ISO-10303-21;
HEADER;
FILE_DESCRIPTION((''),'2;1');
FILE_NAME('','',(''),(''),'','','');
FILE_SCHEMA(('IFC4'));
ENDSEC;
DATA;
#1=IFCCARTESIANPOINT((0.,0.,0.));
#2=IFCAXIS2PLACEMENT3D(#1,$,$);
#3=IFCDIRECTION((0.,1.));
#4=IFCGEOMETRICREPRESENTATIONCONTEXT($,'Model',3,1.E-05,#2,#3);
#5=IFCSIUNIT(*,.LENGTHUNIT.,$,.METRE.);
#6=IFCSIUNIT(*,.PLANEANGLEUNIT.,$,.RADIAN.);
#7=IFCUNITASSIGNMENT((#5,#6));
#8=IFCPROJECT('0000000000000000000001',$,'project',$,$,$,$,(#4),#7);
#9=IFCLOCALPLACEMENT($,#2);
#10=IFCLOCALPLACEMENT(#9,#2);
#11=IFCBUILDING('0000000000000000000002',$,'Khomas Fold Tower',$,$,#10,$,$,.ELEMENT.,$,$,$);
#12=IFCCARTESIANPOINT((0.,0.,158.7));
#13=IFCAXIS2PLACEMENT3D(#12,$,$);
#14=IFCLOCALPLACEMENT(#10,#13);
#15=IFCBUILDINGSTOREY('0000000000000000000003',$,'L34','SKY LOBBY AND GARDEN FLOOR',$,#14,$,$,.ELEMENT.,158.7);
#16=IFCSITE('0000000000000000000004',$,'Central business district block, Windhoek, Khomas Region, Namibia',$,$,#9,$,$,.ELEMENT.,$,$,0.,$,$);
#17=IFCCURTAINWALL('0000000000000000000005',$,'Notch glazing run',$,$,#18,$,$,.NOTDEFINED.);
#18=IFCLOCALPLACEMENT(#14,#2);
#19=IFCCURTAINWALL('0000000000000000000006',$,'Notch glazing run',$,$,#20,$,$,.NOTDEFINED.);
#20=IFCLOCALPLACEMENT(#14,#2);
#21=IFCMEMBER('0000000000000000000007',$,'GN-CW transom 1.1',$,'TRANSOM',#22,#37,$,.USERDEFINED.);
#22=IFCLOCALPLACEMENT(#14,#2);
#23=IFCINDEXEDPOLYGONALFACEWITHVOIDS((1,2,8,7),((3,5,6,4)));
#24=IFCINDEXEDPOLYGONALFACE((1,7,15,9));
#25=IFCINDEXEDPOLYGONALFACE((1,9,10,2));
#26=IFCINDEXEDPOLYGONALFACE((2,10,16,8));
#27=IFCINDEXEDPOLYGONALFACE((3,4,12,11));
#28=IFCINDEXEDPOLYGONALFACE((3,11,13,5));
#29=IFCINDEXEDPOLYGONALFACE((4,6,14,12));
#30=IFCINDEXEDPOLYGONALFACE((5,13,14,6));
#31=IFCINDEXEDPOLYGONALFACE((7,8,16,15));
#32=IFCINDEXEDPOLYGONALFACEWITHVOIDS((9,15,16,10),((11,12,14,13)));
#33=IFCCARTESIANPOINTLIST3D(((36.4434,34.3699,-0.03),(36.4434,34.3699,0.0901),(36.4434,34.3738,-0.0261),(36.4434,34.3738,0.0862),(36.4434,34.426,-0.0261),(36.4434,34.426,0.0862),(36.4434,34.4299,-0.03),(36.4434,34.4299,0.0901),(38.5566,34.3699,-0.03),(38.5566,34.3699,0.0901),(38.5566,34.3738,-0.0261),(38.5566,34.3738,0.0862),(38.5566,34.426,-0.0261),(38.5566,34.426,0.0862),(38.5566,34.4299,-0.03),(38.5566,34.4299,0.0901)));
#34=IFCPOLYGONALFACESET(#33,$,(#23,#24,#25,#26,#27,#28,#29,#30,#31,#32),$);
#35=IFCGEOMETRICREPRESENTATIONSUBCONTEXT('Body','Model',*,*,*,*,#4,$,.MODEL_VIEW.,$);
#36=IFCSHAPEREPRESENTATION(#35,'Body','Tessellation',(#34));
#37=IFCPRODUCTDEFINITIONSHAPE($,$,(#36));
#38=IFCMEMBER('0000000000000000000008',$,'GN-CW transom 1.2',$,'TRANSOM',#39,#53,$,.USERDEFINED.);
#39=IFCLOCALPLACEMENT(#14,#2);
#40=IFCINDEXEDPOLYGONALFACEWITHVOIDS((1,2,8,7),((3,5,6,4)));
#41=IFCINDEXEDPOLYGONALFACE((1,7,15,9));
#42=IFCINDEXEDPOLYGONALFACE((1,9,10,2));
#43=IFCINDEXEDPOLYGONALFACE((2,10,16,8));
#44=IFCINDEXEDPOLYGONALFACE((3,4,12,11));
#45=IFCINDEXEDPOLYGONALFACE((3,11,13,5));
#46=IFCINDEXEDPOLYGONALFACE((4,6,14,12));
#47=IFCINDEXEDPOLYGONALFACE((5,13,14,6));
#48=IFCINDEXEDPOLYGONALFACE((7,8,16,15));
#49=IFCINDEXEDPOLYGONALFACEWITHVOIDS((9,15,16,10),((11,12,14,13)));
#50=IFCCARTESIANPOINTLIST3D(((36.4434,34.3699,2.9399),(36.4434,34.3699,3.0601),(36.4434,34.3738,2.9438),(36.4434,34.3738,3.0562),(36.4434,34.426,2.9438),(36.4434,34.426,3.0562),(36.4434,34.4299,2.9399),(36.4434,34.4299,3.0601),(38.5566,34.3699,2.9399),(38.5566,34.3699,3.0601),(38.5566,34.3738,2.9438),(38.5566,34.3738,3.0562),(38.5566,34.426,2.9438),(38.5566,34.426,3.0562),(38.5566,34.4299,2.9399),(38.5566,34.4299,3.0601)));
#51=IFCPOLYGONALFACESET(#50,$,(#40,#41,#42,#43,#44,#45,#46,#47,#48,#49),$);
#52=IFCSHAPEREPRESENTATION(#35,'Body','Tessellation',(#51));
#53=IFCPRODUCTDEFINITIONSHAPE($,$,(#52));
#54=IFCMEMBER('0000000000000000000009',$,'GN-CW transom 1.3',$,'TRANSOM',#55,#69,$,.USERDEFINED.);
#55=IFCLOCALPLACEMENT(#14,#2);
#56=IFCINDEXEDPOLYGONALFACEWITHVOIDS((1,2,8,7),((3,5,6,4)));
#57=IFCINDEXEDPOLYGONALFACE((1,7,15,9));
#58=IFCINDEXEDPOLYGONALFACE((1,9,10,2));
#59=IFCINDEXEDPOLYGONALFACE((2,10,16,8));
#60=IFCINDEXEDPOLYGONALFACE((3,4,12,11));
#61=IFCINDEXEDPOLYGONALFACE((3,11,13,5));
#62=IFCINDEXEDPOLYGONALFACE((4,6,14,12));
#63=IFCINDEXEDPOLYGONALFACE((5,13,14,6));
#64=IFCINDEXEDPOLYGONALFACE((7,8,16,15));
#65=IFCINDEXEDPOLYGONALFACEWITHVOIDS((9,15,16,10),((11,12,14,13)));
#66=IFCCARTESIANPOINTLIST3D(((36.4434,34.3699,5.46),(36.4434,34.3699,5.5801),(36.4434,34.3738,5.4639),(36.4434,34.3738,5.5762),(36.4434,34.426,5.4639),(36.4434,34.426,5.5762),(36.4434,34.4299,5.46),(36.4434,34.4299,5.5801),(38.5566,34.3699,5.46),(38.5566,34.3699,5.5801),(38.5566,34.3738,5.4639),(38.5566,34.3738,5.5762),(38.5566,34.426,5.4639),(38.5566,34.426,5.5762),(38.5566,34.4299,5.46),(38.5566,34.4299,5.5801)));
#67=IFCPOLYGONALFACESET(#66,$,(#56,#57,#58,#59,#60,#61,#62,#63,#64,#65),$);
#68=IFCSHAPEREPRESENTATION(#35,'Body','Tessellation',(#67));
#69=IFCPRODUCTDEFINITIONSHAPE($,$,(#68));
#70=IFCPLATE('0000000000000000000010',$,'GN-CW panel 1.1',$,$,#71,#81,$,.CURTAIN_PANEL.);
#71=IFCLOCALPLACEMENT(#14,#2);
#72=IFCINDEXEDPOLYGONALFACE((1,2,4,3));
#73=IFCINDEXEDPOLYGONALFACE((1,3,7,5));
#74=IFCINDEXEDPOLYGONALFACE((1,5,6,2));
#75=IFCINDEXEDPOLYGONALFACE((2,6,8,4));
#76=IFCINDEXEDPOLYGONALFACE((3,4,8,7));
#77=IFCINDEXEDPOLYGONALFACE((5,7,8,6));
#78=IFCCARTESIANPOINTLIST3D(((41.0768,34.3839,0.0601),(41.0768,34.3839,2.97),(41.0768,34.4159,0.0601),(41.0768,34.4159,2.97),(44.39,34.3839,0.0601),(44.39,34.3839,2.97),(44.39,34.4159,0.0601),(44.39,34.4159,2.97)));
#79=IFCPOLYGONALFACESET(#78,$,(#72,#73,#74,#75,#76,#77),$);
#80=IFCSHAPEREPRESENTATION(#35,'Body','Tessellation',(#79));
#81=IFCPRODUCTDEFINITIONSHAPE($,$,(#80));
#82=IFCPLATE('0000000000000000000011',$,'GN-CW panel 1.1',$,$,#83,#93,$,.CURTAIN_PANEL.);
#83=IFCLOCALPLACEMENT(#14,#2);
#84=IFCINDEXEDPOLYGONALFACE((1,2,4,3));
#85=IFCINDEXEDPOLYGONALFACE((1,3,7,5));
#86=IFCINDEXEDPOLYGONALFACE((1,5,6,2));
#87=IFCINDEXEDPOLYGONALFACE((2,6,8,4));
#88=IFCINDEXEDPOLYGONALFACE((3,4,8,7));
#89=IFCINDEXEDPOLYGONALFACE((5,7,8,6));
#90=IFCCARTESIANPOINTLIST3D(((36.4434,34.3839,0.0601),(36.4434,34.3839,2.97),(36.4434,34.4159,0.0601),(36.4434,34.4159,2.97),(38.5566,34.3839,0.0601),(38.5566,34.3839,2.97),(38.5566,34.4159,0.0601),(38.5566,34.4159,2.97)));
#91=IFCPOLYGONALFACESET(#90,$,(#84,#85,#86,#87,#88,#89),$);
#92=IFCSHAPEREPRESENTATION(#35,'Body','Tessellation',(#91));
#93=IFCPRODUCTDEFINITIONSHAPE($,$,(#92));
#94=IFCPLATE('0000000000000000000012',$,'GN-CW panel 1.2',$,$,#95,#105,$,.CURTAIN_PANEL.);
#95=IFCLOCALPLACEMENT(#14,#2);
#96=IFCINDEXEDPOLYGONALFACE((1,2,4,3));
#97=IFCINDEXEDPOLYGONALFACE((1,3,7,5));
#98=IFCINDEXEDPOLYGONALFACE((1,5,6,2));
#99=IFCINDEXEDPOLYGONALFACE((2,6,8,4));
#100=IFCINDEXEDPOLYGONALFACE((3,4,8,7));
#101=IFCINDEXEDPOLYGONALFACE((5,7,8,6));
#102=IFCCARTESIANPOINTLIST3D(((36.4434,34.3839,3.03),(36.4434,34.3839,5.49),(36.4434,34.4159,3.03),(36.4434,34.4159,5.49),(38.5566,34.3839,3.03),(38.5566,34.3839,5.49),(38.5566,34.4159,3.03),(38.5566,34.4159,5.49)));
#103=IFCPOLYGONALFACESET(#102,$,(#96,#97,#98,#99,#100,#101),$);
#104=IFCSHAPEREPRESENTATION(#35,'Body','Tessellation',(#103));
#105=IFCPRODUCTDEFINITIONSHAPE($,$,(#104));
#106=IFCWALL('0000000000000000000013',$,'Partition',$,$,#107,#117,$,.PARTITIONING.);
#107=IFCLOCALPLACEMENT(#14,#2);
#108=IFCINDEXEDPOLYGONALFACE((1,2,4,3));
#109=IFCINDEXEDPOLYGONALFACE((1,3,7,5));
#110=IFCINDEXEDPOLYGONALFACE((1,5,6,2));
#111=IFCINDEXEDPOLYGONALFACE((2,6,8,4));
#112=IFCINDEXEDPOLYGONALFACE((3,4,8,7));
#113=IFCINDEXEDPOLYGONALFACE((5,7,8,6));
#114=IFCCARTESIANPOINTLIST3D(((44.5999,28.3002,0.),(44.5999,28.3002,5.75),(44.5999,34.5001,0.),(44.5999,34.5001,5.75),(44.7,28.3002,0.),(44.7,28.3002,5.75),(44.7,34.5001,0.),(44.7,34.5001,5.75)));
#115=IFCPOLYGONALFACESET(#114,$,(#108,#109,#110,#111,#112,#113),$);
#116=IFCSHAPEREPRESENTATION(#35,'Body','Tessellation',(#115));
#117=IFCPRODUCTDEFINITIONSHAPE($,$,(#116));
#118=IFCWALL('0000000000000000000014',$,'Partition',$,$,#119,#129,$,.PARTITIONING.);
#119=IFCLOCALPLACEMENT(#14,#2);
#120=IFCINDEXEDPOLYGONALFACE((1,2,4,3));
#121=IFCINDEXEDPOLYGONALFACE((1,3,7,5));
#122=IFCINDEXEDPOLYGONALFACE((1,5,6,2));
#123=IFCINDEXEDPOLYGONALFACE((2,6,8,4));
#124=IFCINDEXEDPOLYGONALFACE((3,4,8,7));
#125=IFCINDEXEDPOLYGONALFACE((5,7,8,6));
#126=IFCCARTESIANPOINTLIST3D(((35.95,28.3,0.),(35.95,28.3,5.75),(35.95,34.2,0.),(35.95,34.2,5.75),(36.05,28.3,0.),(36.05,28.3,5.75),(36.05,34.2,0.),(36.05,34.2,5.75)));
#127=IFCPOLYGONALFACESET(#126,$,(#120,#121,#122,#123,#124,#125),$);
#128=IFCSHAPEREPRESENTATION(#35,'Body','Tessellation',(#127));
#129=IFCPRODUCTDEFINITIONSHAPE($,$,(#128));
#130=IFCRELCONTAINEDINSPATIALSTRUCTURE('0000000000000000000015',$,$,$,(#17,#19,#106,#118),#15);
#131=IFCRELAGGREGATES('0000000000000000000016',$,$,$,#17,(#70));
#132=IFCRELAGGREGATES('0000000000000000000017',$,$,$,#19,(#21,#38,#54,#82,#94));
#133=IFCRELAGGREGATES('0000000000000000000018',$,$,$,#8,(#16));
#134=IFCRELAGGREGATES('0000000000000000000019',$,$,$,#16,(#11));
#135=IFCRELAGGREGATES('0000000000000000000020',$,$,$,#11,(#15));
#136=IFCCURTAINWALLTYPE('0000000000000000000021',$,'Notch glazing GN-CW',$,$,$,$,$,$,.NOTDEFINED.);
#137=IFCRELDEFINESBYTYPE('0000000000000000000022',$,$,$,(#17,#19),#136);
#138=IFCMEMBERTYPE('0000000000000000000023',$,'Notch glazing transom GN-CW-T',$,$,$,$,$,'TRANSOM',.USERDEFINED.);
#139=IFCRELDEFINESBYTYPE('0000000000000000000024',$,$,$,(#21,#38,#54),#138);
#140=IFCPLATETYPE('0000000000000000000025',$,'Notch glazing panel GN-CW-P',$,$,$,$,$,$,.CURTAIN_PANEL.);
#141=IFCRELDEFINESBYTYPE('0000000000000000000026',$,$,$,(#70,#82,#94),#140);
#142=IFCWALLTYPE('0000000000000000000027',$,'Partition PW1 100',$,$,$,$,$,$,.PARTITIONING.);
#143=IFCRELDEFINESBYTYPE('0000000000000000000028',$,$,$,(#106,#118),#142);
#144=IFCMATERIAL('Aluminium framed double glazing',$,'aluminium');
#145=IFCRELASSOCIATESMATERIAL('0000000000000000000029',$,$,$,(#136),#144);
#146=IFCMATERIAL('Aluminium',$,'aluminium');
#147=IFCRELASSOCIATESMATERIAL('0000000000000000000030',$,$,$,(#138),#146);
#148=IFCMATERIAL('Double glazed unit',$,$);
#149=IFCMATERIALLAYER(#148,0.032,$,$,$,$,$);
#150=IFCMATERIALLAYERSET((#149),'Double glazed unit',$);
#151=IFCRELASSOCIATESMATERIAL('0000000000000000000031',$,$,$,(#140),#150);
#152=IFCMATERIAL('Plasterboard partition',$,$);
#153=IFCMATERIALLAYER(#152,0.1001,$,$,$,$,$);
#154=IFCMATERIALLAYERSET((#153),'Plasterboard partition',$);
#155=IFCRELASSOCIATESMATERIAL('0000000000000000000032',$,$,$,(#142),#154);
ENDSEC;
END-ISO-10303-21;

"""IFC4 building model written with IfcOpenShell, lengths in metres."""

from ifc_helpers import new_model, si_unit, direction, frame, frame_2d, origin, origin_2d, place, context, subcontext, project, spatial, rectangle, hollow_rectangle, extrude, source, transform, mapped, material, layer, layer_set, material_profile, profile_set, type_object, element, aggregate, save


model = new_model("IFC4")

# Units and contexts
model_context = context("Model", 3, precision=1e-05, world=origin(), true_north=direction((0.0, 1.0)))
body_context = subcontext(model_context, "Body", "Model", "MODEL_VIEW")
ifc_project = project(units=[si_unit("LENGTHUNIT", "METRE"), si_unit("PLANEANGLEUNIT", "RADIAN")], contexts=[model_context])

# Site, building, storey
site_placement = place(None, origin())
site = spatial("IfcSite", under=ifc_project, at=site_placement, Name="Central business district block, Windhoek, Khomas Region, Namibia", CompositionType="ELEMENT", RefElevation=0.0)
building_placement = place(site_placement, origin())
building = spatial("IfcBuilding", under=site, at=building_placement, Name="Khomas Fold Tower", CompositionType="ELEMENT")
storey_placement = place(building_placement, frame((0.0, 0.0, 158.7)))
storey = spatial("IfcBuildingStorey", under=building, at=storey_placement, Name="L34", Description="SKY LOBBY AND GARDEN FLOOR", CompositionType="ELEMENT", Elevation=158.7)

# Curtain wall
ifc_material_1 = material(Name="Aluminium framed double glazing", Category="aluminium")
curtain_wall_type = type_object("IfcCurtainWallType", Name="Notch glazing GN-CW", PredefinedType="NOTDEFINED", material=ifc_material_1)
curtain_wall_1_placement = place(storey_placement, origin())
curtain_wall_1 = element("IfcCurtainWall", 1, at=curtain_wall_1_placement, inside=storey, type_object=curtain_wall_type, Name="Notch glazing run", PredefinedType="NOTDEFINED")

# Curtain wall
curtain_wall_2_placement = place(storey_placement, origin())
curtain_wall_2 = element("IfcCurtainWall", 2, at=curtain_wall_2_placement, inside=storey, type_object=curtain_wall_type, Name="Notch glazing run", PredefinedType="NOTDEFINED")
ifc_material_2 = material(Name="Aluminium", Category="aluminium")
ifc_material_profile_1 = material_profile(ifc_material_2, hollow_rectangle(XDim=0.0601, YDim=0.1201, WallThickness=0.0039, at=origin_2d()), Name="Notch glazing transom GN-CW-T")
ifc_profile_set_1 = profile_set([ifc_material_profile_1], Name="Aluminium")
member_type_1 = type_object("IfcMemberType", Name="Notch glazing transom GN-CW-T", ElementType="TRANSOM", PredefinedType="USERDEFINED", material=ifc_profile_set_1)

# Members
shared_shape_1 = source(origin(), body_context, "Body", "SweptSolid", [
    extrude(hollow_rectangle(XDim=0.0601, YDim=0.1201, WallThickness=0.0039, at=origin_2d()), origin(), (0.0, 0.0, 1.0), 2.1133),
])
member_1_placement = place(storey_placement, frame((38.5566, 34.3999, 0.03), z_axis=(-1.0, 0.0, 0.0), x_axis=(0.0, -1.0, 0.0)))
member_1 = element("IfcMember", 3, at=member_1_placement, type_object=member_type_1, Name="GN-CW transom 1.1", ObjectType="TRANSOM", PredefinedType="USERDEFINED", context=body_context, shape_type="MappedRepresentation", body=[
    mapped(shared_shape_1, transform((0.0, 0.0, 0.0))),
])
member_2_placement = place(storey_placement, frame((38.5566, 34.3999, 3.0), z_axis=(-1.0, 0.0, 0.0), x_axis=(0.0, -1.0, 0.0)))
member_2 = element("IfcMember", 4, at=member_2_placement, type_object=member_type_1, Name="GN-CW transom 1.2", ObjectType="TRANSOM", PredefinedType="USERDEFINED", context=body_context, shape_type="MappedRepresentation", body=[
    mapped(shared_shape_1, transform((0.0, 0.0, 0.0))),
])
member_3_placement = place(storey_placement, frame((38.5566, 34.3999, 5.52), z_axis=(-1.0, 0.0, 0.0), x_axis=(0.0, -1.0, 0.0)))
member_3 = element("IfcMember", 5, at=member_3_placement, type_object=member_type_1, Name="GN-CW transom 1.3", ObjectType="TRANSOM", PredefinedType="USERDEFINED", context=body_context, shape_type="MappedRepresentation", body=[
    mapped(shared_shape_1, transform((0.0, 0.0, 0.0))),
])

# Plates
ifc_material_3 = material(Name="Double glazed unit")
ifc_layer_1 = layer(ifc_material_3, 0.032)
ifc_layer_set_1 = layer_set([ifc_layer_1], Name="Double glazed unit")
plate_type = type_object("IfcPlateType", Name="Notch glazing panel GN-CW-P", PredefinedType="CURTAIN_PANEL", material=ifc_layer_set_1)
shared_shape_2 = source(origin(), body_context, "Body", "SweptSolid", [
    extrude(rectangle(XDim=3.3132, YDim=0.032, at=origin_2d()), origin(), (0.0, 0.0, 1.0), 2.9099),
])
plate_1_placement = place(storey_placement, frame((42.7334, 34.3999, 0.0601), z_axis=(0.0, 0.0, 1.0), x_axis=(-1.0, 0.0, 0.0)))
plate_1 = element("IfcPlate", 6, at=plate_1_placement, type_object=plate_type, Name="GN-CW panel 1.1", PredefinedType="CURTAIN_PANEL", context=body_context, shape_type="MappedRepresentation", body=[
    mapped(shared_shape_2, transform((0.0, 0.0, 0.0))),
])
aggregate(curtain_wall_1, [plate_1])
shared_shape_3 = source(origin(), body_context, "Body", "SweptSolid", [
    extrude(rectangle(XDim=2.1133, YDim=0.032, at=origin_2d()), origin(), (0.0, 0.0, 1.0), 2.9099),
])
plate_2_placement = place(storey_placement, frame((37.5, 34.3999, 0.0601), z_axis=(0.0, 0.0, 1.0), x_axis=(-1.0, 0.0, 0.0)))
plate_2 = element("IfcPlate", 7, at=plate_2_placement, type_object=plate_type, Name="GN-CW panel 1.1", PredefinedType="CURTAIN_PANEL", context=body_context, shape_type="MappedRepresentation", body=[
    mapped(shared_shape_3, transform((0.0, 0.0, 0.0))),
])
shared_shape_4 = source(origin(), body_context, "Body", "SweptSolid", [
    extrude(rectangle(XDim=2.1133, YDim=0.032, at=origin_2d()), origin(), (0.0, 0.0, 1.0), 2.46),
])
plate_3_placement = place(storey_placement, frame((37.5, 34.3999, 3.03), z_axis=(0.0, 0.0, 1.0), x_axis=(-1.0, 0.0, 0.0)))
plate_3 = element("IfcPlate", 8, at=plate_3_placement, type_object=plate_type, Name="GN-CW panel 1.2", PredefinedType="CURTAIN_PANEL", context=body_context, shape_type="MappedRepresentation", body=[
    mapped(shared_shape_4, transform((0.0, 0.0, 0.0))),
])
aggregate(curtain_wall_2, [member_1, member_2, member_3, plate_2, plate_3])

# Walls
ifc_material_4 = material(Name="Plasterboard partition")
ifc_layer_2 = layer(ifc_material_4, 0.1001)
ifc_layer_set_2 = layer_set([ifc_layer_2], Name="Plasterboard partition")
wall_type_1 = type_object("IfcWallType", Name="Partition PW1 100", PredefinedType="PARTITIONING", material=ifc_layer_set_2)
shared_shape_5 = source(origin(), body_context, "Body", "SweptSolid", [
    extrude(rectangle(XDim=6.2, YDim=0.1001, at=frame_2d((3.1001, 0.0))), origin(), (0.0, 0.0, 1.0), 5.75),
])
wall_1_placement = place(storey_placement, frame((44.6499, 28.3, 0.0), z_axis=(0.0, 0.0, 1.0), x_axis=(0.0, 1.0, 0.0)))
element("IfcWall", 9, at=wall_1_placement, inside=storey, type_object=wall_type_1, Name="Partition", PredefinedType="PARTITIONING", context=body_context, shape_type="MappedRepresentation", body=[
    mapped(shared_shape_5, transform((0.0, 0.0, 0.0))),
])
shared_shape_6 = source(origin(), body_context, "Body", "SweptSolid", [
    extrude(rectangle(XDim=5.8999, YDim=0.1001, at=frame_2d((2.95, 0.0))), origin(), (0.0, 0.0, 1.0), 5.75),
])
wall_2_placement = place(storey_placement, frame((36.0, 28.3, 0.0), z_axis=(0.0, 0.0, 1.0), x_axis=(0.0, 1.0, 0.0)))
element("IfcWall", 10, at=wall_2_placement, inside=storey, type_object=wall_type_1, Name="Partition", PredefinedType="PARTITIONING", context=body_context, shape_type="MappedRepresentation", body=[
    mapped(shared_shape_6, transform((0.0, 0.0, 0.0))),
])

save(model, "model.ifc")
